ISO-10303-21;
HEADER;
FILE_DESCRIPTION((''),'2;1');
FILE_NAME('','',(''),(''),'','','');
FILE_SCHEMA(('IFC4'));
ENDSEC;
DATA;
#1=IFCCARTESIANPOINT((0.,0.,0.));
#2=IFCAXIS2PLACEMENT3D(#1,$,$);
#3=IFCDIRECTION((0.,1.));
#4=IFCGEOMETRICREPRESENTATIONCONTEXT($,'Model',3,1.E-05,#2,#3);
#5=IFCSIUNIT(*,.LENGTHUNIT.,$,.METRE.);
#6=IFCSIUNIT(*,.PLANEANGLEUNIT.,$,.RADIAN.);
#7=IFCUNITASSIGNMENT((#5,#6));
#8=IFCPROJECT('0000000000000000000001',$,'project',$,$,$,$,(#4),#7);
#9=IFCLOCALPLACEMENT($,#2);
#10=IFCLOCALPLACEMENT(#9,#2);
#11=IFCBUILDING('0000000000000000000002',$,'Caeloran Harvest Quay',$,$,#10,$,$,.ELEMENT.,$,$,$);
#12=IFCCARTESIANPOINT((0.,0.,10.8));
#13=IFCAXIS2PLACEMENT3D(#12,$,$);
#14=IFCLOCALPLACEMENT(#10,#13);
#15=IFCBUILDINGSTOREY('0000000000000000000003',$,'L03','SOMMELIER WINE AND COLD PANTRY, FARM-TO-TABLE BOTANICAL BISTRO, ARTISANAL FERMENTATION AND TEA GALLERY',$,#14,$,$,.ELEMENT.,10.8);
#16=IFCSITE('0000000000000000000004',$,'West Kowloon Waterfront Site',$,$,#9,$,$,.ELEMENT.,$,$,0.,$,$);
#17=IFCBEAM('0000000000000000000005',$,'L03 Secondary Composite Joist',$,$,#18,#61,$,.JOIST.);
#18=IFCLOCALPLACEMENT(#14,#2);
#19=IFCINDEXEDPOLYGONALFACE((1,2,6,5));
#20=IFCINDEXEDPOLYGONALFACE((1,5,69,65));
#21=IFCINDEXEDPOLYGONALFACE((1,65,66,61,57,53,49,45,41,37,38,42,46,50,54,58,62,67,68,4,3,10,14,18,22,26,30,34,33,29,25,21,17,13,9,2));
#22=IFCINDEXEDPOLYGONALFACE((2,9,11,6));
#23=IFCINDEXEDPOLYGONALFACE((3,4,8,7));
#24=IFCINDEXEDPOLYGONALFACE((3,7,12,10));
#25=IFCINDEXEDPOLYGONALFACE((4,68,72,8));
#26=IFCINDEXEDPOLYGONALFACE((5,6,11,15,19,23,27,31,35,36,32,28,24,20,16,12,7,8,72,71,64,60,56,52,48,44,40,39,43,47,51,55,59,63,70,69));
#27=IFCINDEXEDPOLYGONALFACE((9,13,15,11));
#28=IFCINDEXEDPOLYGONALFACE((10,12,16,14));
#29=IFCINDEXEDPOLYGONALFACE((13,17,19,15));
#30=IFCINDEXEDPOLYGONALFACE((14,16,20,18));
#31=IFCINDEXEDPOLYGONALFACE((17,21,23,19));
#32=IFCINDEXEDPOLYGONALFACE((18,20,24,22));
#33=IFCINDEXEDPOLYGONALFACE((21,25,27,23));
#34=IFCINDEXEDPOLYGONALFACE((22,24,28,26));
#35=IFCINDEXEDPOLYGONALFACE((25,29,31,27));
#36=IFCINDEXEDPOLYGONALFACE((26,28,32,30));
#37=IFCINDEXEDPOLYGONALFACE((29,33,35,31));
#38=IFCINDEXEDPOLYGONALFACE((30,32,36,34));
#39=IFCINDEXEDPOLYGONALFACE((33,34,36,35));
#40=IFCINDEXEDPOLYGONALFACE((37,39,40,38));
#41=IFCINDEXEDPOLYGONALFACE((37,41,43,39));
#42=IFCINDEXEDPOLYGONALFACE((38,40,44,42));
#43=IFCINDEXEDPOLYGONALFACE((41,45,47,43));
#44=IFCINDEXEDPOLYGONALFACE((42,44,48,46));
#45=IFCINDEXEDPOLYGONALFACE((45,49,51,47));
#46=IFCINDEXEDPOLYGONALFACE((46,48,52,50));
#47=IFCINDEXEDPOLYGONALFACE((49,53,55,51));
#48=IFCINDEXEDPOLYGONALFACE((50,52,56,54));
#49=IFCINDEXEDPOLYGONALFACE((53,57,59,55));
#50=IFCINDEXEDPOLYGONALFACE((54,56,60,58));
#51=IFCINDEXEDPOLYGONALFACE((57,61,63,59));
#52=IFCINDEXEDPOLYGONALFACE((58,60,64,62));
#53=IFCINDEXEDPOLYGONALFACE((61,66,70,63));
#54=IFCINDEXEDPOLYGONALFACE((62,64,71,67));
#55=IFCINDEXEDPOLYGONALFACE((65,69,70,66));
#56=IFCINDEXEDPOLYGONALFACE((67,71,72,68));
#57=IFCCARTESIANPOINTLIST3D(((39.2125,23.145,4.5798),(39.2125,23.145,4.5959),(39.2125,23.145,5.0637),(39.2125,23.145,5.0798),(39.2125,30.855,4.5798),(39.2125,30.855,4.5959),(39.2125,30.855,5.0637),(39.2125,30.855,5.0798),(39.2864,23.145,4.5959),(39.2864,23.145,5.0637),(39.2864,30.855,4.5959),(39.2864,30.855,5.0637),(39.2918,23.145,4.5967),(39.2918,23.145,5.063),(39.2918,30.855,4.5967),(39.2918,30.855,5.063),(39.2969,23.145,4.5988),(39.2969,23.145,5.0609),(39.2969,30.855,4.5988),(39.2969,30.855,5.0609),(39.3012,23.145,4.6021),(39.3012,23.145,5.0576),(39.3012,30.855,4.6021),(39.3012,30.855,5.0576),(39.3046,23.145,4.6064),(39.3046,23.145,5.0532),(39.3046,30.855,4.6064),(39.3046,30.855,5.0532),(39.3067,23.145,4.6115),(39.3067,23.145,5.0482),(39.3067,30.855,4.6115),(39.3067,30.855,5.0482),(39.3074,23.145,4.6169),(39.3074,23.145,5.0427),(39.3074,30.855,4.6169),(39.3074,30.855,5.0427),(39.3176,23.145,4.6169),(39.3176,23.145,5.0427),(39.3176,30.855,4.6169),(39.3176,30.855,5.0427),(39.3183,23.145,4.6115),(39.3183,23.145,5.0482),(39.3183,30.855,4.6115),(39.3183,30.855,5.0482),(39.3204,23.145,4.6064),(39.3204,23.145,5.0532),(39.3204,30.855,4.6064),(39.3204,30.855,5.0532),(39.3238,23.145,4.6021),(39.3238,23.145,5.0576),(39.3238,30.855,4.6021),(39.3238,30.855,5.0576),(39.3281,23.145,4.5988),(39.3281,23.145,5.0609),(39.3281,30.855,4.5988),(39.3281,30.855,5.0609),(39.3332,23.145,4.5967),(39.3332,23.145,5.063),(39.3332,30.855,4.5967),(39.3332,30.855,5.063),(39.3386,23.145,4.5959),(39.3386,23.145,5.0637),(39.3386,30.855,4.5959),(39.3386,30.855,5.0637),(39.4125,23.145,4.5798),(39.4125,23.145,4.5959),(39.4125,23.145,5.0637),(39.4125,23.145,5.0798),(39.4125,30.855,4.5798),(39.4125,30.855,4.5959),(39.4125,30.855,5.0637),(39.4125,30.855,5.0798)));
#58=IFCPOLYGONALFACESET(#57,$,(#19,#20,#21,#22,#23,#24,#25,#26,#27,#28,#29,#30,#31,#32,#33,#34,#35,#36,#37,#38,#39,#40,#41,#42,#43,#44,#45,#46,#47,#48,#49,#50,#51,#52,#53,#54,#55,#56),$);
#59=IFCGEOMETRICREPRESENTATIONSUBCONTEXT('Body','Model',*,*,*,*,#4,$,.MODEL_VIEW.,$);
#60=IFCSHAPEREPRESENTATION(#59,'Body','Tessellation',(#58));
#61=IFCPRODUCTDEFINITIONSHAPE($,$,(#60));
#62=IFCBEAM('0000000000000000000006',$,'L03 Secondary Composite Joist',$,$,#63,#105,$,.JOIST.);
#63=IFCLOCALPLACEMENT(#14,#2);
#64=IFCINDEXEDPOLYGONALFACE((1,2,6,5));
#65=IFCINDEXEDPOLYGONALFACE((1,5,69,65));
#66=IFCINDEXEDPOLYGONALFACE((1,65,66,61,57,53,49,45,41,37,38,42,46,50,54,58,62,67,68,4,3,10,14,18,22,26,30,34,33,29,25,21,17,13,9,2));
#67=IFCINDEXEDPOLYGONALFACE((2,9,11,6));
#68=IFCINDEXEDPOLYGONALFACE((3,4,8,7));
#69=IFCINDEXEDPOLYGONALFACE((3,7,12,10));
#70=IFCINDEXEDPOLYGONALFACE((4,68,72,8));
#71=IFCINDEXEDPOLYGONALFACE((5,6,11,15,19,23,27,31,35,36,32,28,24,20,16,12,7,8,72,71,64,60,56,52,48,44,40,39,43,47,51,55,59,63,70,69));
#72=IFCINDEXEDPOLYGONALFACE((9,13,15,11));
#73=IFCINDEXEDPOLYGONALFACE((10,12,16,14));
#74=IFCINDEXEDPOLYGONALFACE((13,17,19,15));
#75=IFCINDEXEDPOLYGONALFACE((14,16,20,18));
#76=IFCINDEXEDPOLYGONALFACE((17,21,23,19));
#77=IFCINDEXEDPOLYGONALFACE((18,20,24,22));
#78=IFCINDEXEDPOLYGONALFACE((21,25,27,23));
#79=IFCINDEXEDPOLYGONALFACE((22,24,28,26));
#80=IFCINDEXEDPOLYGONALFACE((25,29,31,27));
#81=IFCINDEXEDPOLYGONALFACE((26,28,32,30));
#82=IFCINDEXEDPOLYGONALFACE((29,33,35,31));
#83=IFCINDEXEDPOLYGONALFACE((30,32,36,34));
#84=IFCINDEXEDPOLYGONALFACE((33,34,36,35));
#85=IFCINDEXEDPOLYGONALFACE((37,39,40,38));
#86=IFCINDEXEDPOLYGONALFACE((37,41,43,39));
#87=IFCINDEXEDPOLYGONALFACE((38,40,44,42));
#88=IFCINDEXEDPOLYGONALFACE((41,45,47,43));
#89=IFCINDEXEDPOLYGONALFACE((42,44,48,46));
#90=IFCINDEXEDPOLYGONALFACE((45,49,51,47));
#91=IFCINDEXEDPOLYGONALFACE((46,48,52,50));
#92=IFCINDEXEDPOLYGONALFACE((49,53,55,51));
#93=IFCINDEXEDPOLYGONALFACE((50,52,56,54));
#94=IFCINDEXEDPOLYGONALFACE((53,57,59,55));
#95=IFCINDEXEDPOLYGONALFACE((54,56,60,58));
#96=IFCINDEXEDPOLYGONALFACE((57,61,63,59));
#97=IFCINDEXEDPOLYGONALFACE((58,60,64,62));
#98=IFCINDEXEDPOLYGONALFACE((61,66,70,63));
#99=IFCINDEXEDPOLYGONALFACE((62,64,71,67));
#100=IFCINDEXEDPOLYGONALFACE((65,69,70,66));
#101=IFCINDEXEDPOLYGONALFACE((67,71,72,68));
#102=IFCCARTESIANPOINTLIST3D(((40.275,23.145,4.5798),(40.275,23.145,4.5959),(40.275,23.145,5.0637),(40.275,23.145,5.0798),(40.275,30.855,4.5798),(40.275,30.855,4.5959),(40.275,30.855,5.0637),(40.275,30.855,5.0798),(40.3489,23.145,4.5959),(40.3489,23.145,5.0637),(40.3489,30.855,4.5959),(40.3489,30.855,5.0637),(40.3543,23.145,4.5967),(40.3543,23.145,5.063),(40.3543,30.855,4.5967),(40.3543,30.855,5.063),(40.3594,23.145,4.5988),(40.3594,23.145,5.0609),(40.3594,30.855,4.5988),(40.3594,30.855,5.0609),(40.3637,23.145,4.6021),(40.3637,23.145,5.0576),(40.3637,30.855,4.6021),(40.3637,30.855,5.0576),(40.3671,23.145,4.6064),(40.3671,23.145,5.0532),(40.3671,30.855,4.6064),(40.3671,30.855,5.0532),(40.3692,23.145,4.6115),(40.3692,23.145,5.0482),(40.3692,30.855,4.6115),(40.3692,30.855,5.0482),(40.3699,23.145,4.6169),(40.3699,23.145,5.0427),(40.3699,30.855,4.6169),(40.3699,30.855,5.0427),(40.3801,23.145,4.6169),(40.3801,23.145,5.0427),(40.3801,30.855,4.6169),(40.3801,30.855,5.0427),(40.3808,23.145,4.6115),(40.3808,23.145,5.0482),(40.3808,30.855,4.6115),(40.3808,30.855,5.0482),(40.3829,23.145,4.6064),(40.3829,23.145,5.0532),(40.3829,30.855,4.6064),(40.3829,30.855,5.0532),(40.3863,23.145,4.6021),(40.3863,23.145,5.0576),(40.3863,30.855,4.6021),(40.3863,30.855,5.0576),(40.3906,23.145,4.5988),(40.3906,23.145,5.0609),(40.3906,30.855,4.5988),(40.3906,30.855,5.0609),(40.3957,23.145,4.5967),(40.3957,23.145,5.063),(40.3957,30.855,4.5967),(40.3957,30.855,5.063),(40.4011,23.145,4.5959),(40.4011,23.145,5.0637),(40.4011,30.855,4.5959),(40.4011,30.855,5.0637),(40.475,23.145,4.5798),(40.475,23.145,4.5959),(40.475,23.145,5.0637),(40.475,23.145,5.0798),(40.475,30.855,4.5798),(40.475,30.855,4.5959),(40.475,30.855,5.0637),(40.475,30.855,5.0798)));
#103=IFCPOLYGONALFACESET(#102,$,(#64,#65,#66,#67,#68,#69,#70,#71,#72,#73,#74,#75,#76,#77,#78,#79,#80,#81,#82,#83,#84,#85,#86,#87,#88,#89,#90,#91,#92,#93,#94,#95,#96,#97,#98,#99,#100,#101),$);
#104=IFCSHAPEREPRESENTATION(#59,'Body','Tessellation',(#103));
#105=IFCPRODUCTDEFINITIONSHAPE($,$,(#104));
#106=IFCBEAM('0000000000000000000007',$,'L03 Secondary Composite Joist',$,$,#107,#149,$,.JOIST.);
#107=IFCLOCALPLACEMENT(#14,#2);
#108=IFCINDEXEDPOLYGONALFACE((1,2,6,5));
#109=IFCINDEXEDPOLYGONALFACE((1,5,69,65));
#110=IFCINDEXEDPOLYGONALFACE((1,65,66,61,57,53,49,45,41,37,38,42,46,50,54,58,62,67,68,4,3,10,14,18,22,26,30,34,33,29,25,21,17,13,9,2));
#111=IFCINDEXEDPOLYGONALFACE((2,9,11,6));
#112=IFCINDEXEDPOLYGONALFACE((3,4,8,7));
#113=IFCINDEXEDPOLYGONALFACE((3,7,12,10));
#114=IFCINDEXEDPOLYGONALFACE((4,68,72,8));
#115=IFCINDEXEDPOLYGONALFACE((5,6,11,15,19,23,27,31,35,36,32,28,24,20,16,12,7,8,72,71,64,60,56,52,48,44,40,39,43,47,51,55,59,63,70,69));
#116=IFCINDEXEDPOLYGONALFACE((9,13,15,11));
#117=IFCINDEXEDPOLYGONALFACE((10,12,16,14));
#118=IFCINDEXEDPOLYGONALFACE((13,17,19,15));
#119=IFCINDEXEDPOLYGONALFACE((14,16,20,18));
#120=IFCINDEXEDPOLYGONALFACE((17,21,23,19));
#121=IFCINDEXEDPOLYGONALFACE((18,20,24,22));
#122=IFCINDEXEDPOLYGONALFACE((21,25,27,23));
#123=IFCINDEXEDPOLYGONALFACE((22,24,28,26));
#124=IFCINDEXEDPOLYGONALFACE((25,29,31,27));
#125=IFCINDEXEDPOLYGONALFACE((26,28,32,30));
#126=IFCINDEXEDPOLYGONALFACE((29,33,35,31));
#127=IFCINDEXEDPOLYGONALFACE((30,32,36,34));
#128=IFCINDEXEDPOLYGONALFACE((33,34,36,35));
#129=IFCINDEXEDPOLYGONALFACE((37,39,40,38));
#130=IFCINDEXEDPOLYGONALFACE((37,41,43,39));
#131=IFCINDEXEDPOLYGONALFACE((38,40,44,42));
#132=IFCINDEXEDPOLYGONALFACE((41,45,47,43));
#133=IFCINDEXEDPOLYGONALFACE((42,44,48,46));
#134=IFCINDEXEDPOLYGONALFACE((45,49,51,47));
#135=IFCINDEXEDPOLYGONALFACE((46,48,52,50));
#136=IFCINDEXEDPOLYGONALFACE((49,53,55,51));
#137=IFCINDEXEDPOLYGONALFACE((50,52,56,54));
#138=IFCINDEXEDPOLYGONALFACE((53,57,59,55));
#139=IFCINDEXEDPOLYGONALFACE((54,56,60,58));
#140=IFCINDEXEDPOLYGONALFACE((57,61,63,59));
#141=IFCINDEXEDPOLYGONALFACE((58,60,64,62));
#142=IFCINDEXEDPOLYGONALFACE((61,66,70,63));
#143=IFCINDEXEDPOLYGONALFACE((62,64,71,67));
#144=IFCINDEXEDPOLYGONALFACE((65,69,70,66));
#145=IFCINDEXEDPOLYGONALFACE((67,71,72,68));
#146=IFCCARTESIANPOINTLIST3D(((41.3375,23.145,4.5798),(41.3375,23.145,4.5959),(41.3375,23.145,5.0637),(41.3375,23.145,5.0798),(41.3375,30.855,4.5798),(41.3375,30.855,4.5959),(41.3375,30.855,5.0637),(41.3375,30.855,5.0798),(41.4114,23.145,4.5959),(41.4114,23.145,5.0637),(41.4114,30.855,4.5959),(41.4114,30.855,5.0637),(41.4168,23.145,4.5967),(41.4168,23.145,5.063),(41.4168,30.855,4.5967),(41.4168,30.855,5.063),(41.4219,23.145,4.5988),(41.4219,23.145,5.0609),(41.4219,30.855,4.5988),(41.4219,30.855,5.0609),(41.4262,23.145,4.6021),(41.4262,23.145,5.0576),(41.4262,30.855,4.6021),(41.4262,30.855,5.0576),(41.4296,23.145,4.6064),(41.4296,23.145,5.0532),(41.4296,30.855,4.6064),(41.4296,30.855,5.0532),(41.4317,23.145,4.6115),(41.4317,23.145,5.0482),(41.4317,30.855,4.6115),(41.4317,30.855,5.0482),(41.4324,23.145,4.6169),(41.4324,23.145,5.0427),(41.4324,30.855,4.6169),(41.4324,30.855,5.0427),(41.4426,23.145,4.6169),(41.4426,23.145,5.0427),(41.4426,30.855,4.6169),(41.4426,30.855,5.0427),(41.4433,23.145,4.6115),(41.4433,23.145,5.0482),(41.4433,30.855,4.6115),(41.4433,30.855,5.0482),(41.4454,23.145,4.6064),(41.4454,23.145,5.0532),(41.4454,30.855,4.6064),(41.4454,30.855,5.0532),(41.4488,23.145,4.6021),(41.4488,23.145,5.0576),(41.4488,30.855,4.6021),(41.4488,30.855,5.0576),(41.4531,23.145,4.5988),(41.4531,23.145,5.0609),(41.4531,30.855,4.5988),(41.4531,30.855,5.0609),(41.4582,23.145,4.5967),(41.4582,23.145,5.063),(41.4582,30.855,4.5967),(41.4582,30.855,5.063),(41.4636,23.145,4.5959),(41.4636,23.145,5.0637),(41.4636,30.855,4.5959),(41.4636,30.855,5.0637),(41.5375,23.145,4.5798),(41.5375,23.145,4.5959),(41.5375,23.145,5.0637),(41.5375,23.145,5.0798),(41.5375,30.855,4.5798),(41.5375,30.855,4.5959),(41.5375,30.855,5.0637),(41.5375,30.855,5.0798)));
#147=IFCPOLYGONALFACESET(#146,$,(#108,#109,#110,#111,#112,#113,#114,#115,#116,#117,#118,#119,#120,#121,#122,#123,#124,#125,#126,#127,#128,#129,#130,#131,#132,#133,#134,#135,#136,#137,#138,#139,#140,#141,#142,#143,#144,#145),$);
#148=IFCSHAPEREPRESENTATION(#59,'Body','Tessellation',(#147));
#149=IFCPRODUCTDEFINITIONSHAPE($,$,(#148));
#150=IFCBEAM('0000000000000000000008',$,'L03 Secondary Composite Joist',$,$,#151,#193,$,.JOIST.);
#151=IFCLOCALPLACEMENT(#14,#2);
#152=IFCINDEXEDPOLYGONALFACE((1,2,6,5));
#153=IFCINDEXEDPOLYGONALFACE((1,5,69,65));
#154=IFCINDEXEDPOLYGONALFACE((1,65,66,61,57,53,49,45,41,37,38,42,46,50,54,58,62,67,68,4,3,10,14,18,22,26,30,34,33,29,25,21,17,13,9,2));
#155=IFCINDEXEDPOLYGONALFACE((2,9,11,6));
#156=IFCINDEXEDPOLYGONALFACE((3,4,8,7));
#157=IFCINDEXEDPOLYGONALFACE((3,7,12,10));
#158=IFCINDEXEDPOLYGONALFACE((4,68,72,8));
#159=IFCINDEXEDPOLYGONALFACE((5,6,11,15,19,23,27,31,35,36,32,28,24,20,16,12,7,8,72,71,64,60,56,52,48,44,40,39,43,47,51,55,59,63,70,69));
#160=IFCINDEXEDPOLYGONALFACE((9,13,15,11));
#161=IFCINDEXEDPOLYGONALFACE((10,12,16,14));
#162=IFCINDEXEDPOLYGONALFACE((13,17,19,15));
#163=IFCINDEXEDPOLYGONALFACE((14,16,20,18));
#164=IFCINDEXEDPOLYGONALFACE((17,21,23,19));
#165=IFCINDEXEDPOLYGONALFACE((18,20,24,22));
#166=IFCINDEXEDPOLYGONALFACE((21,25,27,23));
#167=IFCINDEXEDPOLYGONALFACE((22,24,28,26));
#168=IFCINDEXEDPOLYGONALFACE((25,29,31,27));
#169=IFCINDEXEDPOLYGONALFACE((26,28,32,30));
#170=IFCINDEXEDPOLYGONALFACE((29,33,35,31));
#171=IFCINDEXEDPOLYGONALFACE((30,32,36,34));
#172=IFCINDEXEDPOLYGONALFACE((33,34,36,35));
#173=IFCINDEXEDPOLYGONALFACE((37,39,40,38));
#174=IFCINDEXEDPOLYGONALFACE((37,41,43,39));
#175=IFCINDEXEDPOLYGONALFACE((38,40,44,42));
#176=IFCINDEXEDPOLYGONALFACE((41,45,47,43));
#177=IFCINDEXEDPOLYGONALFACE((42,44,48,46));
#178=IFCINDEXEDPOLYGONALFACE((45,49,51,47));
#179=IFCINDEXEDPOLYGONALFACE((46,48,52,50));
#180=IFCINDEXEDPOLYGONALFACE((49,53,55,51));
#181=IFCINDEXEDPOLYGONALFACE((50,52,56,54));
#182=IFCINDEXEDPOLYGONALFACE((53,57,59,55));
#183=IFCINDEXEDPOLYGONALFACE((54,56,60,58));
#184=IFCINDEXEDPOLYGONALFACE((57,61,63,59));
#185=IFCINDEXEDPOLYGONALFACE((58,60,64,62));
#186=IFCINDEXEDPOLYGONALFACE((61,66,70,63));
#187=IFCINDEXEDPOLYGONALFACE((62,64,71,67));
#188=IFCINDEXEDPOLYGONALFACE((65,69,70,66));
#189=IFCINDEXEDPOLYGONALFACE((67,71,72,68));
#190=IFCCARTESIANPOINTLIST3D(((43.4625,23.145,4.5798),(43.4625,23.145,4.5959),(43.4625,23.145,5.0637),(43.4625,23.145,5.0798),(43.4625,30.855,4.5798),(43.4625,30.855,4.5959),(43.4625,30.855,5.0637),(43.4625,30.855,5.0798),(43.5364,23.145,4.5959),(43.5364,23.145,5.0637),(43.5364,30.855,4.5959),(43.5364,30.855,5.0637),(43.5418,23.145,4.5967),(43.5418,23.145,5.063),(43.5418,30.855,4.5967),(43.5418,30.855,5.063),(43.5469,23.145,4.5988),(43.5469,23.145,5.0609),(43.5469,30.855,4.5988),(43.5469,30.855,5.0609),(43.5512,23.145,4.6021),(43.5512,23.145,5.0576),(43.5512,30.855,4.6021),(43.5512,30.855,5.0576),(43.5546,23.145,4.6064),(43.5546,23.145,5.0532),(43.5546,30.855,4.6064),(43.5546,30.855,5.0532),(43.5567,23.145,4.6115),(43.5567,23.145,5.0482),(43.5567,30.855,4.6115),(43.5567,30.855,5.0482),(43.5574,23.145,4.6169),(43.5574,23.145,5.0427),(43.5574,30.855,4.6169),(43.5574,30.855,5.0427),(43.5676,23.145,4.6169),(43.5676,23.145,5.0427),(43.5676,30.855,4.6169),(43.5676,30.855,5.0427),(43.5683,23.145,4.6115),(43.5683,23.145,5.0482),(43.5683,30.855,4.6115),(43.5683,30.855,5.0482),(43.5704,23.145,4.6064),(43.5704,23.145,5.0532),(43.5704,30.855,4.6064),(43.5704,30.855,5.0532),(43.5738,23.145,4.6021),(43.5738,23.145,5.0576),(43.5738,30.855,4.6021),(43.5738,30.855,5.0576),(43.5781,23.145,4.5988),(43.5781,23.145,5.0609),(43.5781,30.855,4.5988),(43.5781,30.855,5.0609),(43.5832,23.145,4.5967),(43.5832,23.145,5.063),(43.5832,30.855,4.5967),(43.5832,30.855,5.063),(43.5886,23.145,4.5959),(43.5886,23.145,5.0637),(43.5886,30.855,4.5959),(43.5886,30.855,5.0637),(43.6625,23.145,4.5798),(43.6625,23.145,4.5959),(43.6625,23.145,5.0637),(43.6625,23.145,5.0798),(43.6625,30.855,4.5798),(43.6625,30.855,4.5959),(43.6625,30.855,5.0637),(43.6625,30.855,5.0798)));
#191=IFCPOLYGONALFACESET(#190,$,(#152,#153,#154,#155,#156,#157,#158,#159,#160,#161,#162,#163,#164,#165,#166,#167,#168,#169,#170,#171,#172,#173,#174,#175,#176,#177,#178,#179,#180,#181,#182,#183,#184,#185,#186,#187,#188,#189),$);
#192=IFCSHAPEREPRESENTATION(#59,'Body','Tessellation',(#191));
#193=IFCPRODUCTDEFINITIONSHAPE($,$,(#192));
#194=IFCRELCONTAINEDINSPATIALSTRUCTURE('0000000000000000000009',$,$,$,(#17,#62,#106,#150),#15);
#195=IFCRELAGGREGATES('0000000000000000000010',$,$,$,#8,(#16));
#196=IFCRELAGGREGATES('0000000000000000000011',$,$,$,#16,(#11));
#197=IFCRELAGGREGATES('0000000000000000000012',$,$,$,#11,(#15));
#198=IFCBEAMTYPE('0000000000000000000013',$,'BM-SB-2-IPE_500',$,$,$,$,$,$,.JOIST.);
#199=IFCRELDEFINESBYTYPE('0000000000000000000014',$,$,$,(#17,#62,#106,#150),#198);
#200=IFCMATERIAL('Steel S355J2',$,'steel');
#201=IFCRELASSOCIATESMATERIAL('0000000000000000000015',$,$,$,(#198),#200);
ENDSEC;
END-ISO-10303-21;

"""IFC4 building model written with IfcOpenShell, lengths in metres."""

from ifc_helpers import new_model, si_unit, direction, frame, origin, origin_2d, place, context, subcontext, project, spatial, i_section, extrude, material, material_profile, profile_set, type_object, element, save


model = new_model("IFC4")

# Units and contexts
model_context = context("Model", 3, precision=1e-05, world=origin(), true_north=direction((0.0, 1.0)))
body_context = subcontext(model_context, "Body", "Model", "MODEL_VIEW")
ifc_project = project(units=[si_unit("LENGTHUNIT", "METRE"), si_unit("PLANEANGLEUNIT", "RADIAN")], contexts=[model_context])

# Site, building, storey
site_placement = place(None, origin())
site = spatial("IfcSite", under=ifc_project, at=site_placement, Name="West Kowloon Waterfront Site", CompositionType="ELEMENT", RefElevation=0.0)
building_placement = place(site_placement, origin())
building = spatial("IfcBuilding", under=site, at=building_placement, Name="Caeloran Harvest Quay", CompositionType="ELEMENT")
storey_placement = place(building_placement, frame((0.0, 0.0, 10.8)))
storey = spatial("IfcBuildingStorey", under=building, at=storey_placement, Name="L03", Description="SOMMELIER WINE AND COLD PANTRY, FARM-TO-TABLE BOTANICAL BISTRO, ARTISANAL FERMENTATION AND TEA GALLERY", CompositionType="ELEMENT", Elevation=10.8)

# Beams
ifc_material_1 = material(Name="Steel S355J2", Category="steel")
ifc_material_profile_1 = material_profile(ifc_material_1, i_section(OverallWidth=0.2, OverallDepth=0.5, WebThickness=0.0103, FlangeThickness=0.0161, FilletRadius=0.021, at=origin_2d()), Name="IPE 500")
ifc_profile_set_1 = profile_set([ifc_material_profile_1], Name="Steel S355J2")
beam_type_1 = type_object("IfcBeamType", Name="BM-SB-2-IPE_500", PredefinedType="JOIST", material=ifc_profile_set_1)
for number, where, z_axis, x_axis, name in (
    (1, (39.3125, 23.145, 4.8298), (0.0, 1.0, 0.0), (-1.0, 0.0, 0.0), "L03 Secondary Composite Joist"),
    (2, (40.375, 23.145, 4.8298), (0.0, 1.0, 0.0), (-1.0, 0.0, 0.0), "L03 Secondary Composite Joist"),
    (3, (41.4375, 23.145, 4.8298), (0.0, 1.0, 0.0), (-1.0, 0.0, 0.0), "L03 Secondary Composite Joist"),
    (4, (43.5625, 23.145, 4.8298), (0.0, 1.0, 0.0), (-1.0, 0.0, 0.0), "L03 Secondary Composite Joist"),
):
    element("IfcBeam", number, at=place(storey_placement, frame(where, z_axis=z_axis, x_axis=x_axis)), inside=storey, type_object=beam_type_1, Name=name, PredefinedType="JOIST", context=body_context, shape_type="SweptSolid", body=[
        extrude(i_section(OverallWidth=0.2, OverallDepth=0.5, WebThickness=0.0103, FlangeThickness=0.0161, FilletRadius=0.021, at=origin_2d()), origin(), (0.0, 0.0, 1.0), 7.71),
    ])

save(model, "model.ifc")
